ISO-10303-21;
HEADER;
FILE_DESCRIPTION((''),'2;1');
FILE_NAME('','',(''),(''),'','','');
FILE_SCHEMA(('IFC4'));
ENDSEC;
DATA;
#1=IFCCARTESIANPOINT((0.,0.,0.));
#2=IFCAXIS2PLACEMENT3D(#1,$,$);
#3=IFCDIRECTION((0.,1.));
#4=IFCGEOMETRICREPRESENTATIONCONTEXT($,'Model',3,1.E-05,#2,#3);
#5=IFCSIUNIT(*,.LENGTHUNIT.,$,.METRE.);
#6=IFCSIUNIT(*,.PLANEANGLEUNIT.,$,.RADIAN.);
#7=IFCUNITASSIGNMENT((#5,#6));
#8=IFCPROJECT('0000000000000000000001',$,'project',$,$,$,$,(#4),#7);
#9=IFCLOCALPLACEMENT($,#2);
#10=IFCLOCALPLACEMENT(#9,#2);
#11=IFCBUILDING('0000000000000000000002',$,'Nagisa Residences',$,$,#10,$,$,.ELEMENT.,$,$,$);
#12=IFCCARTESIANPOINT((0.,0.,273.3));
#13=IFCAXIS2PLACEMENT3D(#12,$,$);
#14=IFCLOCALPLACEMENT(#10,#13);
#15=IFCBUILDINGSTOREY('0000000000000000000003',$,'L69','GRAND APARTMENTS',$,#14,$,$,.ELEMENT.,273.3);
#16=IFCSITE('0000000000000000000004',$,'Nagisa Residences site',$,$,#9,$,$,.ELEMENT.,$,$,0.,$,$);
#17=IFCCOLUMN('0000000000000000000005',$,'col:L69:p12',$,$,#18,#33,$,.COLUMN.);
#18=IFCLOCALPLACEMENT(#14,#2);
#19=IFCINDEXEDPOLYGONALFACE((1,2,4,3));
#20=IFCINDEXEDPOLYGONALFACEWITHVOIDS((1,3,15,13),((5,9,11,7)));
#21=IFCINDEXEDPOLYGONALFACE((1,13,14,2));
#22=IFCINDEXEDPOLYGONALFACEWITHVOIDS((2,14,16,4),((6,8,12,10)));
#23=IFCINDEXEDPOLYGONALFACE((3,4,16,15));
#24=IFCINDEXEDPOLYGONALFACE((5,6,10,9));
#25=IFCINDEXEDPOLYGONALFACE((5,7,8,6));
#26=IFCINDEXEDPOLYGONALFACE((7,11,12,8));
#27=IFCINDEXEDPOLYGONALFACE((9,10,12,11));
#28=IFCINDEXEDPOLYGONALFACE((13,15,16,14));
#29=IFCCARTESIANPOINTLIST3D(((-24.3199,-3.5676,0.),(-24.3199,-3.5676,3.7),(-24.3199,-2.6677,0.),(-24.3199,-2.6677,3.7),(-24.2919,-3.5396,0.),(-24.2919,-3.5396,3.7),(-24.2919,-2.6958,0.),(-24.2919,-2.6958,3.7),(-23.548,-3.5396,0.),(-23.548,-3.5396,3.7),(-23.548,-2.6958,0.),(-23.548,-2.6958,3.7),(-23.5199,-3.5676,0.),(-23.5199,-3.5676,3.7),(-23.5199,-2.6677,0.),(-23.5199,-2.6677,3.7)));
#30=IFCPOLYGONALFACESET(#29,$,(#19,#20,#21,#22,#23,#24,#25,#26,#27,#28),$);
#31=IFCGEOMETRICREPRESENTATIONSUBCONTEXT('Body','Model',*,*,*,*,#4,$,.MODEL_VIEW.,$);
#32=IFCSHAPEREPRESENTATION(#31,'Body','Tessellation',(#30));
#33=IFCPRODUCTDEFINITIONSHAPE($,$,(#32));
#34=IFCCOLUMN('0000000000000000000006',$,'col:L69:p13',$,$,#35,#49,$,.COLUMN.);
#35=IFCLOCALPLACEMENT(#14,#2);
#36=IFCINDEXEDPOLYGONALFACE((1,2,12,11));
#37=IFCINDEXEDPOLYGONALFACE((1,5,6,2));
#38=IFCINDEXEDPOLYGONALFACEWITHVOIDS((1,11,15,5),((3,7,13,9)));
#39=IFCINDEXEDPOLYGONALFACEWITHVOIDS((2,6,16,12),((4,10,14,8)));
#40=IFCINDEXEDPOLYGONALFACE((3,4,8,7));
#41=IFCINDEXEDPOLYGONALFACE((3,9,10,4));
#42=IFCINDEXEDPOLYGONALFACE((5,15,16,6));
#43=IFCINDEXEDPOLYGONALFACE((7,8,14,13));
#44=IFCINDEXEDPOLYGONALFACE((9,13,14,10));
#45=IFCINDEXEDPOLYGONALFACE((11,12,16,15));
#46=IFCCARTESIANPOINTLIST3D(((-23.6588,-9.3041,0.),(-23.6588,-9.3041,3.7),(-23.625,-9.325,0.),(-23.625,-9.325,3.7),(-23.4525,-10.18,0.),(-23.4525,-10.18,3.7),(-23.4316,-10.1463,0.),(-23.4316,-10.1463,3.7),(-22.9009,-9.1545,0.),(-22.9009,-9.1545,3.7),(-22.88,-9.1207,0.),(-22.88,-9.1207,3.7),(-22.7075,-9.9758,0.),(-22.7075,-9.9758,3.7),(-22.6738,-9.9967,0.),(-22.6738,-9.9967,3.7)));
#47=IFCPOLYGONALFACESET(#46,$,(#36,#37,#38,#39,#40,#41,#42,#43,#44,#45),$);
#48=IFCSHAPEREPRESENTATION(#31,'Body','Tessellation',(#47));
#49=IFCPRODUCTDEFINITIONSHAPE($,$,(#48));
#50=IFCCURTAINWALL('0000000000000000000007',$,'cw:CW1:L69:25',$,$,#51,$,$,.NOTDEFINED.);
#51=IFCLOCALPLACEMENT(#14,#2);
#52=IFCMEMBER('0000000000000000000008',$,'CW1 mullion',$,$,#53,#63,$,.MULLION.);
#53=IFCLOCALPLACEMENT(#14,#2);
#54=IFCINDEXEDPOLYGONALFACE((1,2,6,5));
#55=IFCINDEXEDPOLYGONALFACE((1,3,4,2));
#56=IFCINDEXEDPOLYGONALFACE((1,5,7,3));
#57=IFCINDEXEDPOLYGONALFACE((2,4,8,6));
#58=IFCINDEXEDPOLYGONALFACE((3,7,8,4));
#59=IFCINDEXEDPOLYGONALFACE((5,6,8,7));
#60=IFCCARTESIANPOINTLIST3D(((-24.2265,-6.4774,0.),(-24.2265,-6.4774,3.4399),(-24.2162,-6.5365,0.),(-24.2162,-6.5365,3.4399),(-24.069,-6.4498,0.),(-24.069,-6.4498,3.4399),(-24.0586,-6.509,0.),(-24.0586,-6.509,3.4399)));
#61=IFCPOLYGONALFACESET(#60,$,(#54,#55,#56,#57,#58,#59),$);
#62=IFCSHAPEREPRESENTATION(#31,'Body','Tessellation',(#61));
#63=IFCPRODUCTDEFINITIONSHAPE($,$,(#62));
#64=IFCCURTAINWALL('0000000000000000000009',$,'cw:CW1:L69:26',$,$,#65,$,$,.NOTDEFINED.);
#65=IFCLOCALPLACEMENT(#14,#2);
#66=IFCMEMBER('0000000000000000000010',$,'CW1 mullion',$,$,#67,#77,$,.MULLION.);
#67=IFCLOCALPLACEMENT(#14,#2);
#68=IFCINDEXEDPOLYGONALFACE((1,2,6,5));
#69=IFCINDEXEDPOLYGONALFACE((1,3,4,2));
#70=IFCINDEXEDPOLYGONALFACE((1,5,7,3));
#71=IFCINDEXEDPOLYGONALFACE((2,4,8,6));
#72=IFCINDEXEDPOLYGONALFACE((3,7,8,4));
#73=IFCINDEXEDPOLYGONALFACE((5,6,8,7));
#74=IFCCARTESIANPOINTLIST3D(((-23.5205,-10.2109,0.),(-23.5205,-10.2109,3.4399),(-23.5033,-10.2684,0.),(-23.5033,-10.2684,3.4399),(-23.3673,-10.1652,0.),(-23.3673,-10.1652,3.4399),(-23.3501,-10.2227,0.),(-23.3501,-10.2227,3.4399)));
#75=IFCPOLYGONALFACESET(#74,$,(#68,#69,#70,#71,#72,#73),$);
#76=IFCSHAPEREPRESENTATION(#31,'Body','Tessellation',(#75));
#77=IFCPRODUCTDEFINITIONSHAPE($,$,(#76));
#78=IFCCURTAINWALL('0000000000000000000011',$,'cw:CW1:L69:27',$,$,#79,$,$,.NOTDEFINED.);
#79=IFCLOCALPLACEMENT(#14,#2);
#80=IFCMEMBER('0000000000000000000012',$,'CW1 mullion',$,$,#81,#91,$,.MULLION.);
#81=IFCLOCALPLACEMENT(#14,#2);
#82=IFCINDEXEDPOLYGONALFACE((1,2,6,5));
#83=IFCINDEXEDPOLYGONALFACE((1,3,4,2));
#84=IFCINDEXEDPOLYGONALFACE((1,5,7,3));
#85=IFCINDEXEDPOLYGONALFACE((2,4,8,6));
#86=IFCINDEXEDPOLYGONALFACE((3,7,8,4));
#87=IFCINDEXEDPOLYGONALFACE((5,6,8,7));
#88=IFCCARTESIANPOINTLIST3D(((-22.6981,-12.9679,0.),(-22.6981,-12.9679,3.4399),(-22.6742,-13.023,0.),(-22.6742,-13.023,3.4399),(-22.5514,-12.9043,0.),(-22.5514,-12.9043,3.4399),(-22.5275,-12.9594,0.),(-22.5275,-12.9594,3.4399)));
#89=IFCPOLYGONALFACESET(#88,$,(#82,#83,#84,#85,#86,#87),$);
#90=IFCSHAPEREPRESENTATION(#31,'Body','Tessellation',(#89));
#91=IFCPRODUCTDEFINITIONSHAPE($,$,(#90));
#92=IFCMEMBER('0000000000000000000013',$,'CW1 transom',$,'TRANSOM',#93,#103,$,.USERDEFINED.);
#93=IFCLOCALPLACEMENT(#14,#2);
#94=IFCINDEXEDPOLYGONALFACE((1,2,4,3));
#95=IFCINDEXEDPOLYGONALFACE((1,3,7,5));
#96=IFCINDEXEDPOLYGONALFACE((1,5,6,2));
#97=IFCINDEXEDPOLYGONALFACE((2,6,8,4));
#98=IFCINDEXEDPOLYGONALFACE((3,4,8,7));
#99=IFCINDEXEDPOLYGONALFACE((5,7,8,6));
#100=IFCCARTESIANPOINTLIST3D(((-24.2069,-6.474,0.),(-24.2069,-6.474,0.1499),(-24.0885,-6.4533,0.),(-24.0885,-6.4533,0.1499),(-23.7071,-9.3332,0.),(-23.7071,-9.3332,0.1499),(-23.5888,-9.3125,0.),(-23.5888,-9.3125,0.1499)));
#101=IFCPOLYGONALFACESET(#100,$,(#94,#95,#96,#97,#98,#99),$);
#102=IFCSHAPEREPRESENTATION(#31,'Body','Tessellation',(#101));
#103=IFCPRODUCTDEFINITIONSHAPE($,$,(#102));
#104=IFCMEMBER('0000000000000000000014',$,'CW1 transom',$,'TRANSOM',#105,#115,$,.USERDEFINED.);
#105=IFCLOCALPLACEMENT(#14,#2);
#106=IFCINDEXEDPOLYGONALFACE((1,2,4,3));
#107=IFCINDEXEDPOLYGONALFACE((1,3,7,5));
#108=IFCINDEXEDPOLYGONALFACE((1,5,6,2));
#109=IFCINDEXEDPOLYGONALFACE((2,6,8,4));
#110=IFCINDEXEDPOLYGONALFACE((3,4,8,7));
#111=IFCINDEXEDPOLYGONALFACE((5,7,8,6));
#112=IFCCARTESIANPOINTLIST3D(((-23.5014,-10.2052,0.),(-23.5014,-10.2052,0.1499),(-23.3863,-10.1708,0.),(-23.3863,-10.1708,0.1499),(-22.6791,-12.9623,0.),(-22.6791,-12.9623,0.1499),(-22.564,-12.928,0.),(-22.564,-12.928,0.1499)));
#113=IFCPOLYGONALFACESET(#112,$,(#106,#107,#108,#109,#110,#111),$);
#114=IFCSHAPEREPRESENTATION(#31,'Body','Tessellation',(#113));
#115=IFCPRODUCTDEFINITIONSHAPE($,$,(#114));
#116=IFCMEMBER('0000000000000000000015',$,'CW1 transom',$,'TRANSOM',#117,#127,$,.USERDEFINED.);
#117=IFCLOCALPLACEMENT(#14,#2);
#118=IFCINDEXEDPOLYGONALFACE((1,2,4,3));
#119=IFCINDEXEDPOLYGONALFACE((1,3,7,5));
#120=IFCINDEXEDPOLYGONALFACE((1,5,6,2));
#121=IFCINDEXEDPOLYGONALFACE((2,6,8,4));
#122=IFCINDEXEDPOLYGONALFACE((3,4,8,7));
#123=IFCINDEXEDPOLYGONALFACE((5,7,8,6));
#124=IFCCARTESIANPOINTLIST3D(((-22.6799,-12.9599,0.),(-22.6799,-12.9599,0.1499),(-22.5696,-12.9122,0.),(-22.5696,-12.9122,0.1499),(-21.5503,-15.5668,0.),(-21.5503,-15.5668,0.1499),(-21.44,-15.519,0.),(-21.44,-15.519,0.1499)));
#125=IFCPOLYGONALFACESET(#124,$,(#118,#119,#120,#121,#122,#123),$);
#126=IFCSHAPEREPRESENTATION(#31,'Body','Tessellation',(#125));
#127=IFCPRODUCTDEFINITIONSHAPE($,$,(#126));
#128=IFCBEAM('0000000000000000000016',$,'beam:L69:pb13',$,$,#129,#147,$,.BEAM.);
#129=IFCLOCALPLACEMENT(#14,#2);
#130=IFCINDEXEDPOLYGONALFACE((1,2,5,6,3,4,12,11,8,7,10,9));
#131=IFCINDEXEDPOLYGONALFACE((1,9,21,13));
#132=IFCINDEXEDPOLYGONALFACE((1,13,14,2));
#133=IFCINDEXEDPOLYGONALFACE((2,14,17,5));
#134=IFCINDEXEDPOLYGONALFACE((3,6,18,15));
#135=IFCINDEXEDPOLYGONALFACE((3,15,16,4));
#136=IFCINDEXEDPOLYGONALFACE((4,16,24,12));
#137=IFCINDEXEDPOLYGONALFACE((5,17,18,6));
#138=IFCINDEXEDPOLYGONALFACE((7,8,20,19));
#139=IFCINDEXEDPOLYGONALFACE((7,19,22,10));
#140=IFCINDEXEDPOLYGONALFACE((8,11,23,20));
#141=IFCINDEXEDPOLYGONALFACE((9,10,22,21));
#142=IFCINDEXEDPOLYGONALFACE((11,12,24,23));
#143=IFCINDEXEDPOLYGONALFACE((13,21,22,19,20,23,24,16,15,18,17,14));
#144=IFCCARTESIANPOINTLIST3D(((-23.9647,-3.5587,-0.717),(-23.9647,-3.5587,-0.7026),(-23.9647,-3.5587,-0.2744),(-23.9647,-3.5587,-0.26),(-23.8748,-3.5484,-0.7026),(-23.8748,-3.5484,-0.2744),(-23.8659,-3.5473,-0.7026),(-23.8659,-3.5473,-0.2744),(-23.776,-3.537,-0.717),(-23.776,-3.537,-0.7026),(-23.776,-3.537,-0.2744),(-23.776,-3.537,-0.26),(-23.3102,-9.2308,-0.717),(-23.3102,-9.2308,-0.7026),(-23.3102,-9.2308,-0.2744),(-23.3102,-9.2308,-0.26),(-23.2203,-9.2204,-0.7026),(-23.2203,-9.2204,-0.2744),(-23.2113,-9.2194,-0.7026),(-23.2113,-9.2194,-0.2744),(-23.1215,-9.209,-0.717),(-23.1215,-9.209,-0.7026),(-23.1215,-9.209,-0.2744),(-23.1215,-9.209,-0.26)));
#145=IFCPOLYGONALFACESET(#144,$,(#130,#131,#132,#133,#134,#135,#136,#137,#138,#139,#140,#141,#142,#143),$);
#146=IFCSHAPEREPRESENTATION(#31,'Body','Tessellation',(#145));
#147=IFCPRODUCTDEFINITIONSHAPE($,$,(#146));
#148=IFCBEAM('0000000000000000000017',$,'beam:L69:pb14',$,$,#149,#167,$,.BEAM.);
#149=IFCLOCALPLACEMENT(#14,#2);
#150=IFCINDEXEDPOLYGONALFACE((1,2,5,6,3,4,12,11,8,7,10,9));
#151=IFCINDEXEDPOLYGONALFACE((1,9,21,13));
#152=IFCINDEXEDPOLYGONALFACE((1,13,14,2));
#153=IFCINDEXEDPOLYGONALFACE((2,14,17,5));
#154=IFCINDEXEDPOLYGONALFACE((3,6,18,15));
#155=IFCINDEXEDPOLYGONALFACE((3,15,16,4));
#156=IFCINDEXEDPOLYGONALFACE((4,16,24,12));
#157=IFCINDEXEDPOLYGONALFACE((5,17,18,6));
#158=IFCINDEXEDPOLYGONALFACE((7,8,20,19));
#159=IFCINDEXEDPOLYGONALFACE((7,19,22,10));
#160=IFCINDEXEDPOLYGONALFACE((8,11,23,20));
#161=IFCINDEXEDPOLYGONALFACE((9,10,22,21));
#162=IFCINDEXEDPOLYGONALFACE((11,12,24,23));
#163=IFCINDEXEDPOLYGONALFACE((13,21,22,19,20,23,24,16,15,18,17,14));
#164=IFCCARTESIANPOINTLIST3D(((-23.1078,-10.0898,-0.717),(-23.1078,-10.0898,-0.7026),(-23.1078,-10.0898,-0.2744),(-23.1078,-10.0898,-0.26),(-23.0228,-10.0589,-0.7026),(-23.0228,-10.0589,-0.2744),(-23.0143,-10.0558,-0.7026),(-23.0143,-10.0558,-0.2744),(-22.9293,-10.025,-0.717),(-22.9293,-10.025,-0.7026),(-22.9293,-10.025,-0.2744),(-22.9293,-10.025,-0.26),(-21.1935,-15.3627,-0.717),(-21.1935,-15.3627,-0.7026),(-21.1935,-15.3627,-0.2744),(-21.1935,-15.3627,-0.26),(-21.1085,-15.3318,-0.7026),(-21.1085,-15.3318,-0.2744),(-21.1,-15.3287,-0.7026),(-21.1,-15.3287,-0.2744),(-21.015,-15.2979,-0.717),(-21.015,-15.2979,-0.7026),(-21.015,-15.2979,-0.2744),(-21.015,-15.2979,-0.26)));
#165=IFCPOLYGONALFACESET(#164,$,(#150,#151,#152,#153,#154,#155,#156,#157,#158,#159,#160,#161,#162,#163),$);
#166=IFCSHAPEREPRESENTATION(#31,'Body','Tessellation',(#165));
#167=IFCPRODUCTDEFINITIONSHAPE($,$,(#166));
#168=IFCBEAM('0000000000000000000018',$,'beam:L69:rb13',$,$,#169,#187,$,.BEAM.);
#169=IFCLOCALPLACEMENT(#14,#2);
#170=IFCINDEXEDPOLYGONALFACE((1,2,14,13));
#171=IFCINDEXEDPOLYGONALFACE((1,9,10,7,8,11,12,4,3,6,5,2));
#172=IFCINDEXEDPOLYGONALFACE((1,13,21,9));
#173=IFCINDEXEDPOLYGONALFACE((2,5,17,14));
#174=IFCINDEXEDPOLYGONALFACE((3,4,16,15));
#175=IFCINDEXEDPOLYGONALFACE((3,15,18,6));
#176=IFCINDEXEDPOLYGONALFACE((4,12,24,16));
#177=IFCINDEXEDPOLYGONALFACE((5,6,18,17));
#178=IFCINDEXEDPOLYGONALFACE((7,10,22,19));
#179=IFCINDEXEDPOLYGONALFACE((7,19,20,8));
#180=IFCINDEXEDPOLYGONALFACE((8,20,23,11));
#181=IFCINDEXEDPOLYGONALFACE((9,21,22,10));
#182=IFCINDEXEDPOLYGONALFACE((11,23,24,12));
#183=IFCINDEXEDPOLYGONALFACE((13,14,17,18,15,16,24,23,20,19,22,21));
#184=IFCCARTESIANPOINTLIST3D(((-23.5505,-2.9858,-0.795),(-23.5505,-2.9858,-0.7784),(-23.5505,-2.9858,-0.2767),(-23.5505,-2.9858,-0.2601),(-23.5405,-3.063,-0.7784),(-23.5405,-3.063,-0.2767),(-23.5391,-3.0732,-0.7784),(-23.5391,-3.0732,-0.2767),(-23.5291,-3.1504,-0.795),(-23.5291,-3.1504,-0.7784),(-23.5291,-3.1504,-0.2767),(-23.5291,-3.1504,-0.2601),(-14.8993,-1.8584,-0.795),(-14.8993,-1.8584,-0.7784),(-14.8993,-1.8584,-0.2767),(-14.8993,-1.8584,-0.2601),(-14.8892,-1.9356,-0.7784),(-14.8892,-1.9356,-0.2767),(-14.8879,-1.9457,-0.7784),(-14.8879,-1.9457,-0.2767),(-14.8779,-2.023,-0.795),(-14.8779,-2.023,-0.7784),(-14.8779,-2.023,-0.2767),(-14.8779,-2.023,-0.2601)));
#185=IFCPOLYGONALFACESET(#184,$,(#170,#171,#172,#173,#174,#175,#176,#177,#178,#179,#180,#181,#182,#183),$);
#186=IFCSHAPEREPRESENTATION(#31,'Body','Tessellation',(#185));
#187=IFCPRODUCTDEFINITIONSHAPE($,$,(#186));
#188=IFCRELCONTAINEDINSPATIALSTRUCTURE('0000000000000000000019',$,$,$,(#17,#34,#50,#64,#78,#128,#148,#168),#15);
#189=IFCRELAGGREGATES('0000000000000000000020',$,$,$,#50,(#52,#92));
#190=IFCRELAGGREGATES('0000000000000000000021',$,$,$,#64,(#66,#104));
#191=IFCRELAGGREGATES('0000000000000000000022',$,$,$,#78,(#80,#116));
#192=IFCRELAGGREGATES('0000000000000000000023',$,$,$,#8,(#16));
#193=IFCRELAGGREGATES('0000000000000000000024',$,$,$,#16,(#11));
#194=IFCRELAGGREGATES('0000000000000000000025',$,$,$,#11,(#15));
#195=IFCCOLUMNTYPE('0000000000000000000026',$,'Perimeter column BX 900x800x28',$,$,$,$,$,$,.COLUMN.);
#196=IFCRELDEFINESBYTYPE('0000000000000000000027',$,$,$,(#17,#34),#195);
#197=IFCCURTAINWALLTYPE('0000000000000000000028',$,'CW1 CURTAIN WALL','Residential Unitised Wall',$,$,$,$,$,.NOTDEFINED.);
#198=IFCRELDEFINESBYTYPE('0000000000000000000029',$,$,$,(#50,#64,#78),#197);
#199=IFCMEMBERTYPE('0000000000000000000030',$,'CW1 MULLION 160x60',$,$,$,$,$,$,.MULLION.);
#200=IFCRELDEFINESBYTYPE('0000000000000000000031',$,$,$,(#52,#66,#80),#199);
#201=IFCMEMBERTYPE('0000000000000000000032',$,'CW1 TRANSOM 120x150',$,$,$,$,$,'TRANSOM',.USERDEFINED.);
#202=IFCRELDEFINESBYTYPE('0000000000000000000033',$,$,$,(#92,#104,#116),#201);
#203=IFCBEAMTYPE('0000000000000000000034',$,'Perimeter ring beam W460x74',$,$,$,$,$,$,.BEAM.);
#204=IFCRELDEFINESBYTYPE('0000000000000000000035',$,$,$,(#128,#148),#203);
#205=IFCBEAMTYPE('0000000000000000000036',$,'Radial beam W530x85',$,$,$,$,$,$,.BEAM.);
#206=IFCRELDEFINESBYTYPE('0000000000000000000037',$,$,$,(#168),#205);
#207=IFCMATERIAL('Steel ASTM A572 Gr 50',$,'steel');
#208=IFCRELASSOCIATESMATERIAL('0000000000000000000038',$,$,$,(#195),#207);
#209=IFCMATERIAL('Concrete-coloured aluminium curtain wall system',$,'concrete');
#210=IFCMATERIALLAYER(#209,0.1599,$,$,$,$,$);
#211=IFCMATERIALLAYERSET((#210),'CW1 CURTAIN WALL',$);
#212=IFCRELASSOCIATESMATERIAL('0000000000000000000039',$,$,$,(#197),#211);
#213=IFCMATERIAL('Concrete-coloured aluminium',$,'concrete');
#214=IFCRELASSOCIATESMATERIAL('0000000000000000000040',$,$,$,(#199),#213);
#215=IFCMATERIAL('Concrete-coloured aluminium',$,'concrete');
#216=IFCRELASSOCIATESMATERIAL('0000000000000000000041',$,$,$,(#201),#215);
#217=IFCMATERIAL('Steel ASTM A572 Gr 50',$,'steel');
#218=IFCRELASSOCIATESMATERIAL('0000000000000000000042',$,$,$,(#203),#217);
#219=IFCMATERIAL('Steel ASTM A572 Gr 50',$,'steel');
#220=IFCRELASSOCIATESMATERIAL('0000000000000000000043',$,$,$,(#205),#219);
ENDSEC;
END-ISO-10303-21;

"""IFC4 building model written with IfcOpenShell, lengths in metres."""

from ifc_helpers import new_model, si_unit, direction, frame, origin, origin_2d, place, context, subcontext, project, spatial, rectangle, hollow_rectangle, i_section, extrude, material, layer, layer_set, material_profile, profile_set, type_object, element, aggregate, save


model = new_model("IFC4")

# Units and contexts
model_context = context("Model", 3, precision=1e-05, world=origin(), true_north=direction((0.0, 1.0)))
body_context = subcontext(model_context, "Body", "Model", "MODEL_VIEW")
ifc_project = project(units=[si_unit("LENGTHUNIT", "METRE"), si_unit("PLANEANGLEUNIT", "RADIAN")], contexts=[model_context])

# Site, building, storey
site_placement = place(None, origin())
site = spatial("IfcSite", under=ifc_project, at=site_placement, Name="Nagisa Residences site", CompositionType="ELEMENT", RefElevation=0.0)
building_placement = place(site_placement, origin())
building = spatial("IfcBuilding", under=site, at=building_placement, Name="Nagisa Residences", CompositionType="ELEMENT")
storey_placement = place(building_placement, frame((0.0, 0.0, 273.3)))
storey = spatial("IfcBuildingStorey", under=building, at=storey_placement, Name="L69", Description="GRAND APARTMENTS", CompositionType="ELEMENT", Elevation=273.3)

# Columns
ifc_material_1 = material(Name="Steel ASTM A572 Gr 50", Category="steel")
ifc_material_profile_1 = material_profile(ifc_material_1, hollow_rectangle(XDim=0.8999, YDim=0.8, WallThickness=0.0281, at=origin_2d()), Name="BX 900x800x28")
ifc_profile_set_1 = profile_set([ifc_material_profile_1], Name="Steel ASTM A572 Gr 50")
column_type = type_object("IfcColumnType", Name="Perimeter column BX 900x800x28", PredefinedType="COLUMN", material=ifc_profile_set_1)
for number, where, z_axis, x_axis, name in (
    (1, (-23.9199, -3.1177, 0.0), (0.0, 0.0, 1.0), (0.0, -1.0, 0.0), "col:L69:p12"),
    (2, (-23.1663, -9.6504, 0.0), (0.0, 0.0, 1.0), (0.229202, -0.973379, 0.0), "col:L69:p13"),
):
    element("IfcColumn", number, at=place(storey_placement, frame(where, z_axis=z_axis, x_axis=x_axis)), inside=storey, type_object=column_type, Name=name, PredefinedType="COLUMN", context=body_context, shape_type="SweptSolid", body=[
        extrude(hollow_rectangle(XDim=0.8999, YDim=0.8, WallThickness=0.0281, at=origin_2d()), origin(), (0.0, 0.0, 1.0), 3.7),
    ])

# Curtain walls, members
ifc_material_2 = material(Name="Concrete-coloured aluminium curtain wall system", Category="concrete")
ifc_layer_1 = layer(ifc_material_2, 0.1599)
ifc_layer_set_1 = layer_set([ifc_layer_1], Name="CW1 CURTAIN WALL")
curtain_wall_type = type_object("IfcCurtainWallType", Name="CW1 CURTAIN WALL", Description="Residential Unitised Wall", PredefinedType="NOTDEFINED", material=ifc_layer_set_1)
curtain_wall_1_placement = place(storey_placement, origin())
curtain_wall_1 = element("IfcCurtainWall", 3, at=curtain_wall_1_placement, inside=storey, type_object=curtain_wall_type, Name="cw:CW1:L69:25", PredefinedType="NOTDEFINED")
ifc_material_3 = material(Name="Concrete-coloured aluminium", Category="concrete")
ifc_material_profile_2 = material_profile(ifc_material_3, rectangle(XDim=0.1599, YDim=0.0601, at=origin_2d()), Name="CW1 MULLION 160x60")
ifc_profile_set_2 = profile_set([ifc_material_profile_2], Name="Concrete-coloured aluminium")
member_type_1 = type_object("IfcMemberType", Name="CW1 MULLION 160x60", PredefinedType="MULLION", material=ifc_profile_set_2)
member_1_placement = place(storey_placement, frame((-24.1426, -6.4932, 0.0), z_axis=(0.0, 0.0, 1.0), x_axis=(0.985064, 0.172191, 0.0)))
member_1 = element("IfcMember", 4, at=member_1_placement, type_object=member_type_1, Name="CW1 mullion", PredefinedType="MULLION", context=body_context, shape_type="SweptSolid", body=[
    extrude(rectangle(XDim=0.1599, YDim=0.0601, at=origin_2d()), origin(), (0.0, 0.0, 1.0), 3.4399),
])
curtain_wall_2_placement = place(storey_placement, origin())
curtain_wall_2 = element("IfcCurtainWall", 5, at=curtain_wall_2_placement, inside=storey, type_object=curtain_wall_type, Name="cw:CW1:L69:26", PredefinedType="NOTDEFINED")
member_2_placement = place(storey_placement, frame((-23.4353, -10.2168, 0.0), z_axis=(0.0, 0.0, 1.0), x_axis=(0.958271, 0.28586, 0.0)))
member_2 = element("IfcMember", 6, at=member_2_placement, type_object=member_type_1, Name="CW1 mullion", PredefinedType="MULLION", context=body_context, shape_type="SweptSolid", body=[
    extrude(rectangle(XDim=0.1599, YDim=0.0601, at=origin_2d()), origin(), (0.0, 0.0, 1.0), 3.4399),
])
curtain_wall_3_placement = place(storey_placement, origin())
curtain_wall_3 = element("IfcCurtainWall", 7, at=curtain_wall_3_placement, inside=storey, type_object=curtain_wall_type, Name="cw:CW1:L69:27", PredefinedType="NOTDEFINED")
member_3_placement = place(storey_placement, frame((-22.6128, -12.9636, 0.0), z_axis=(0.0, 0.0, 1.0), x_axis=(0.917543, 0.397636, 0.0)))
member_3 = element("IfcMember", 8, at=member_3_placement, type_object=member_type_1, Name="CW1 mullion", PredefinedType="MULLION", context=body_context, shape_type="SweptSolid", body=[
    extrude(rectangle(XDim=0.1599, YDim=0.0601, at=origin_2d()), origin(), (0.0, 0.0, 1.0), 3.4399),
])

# Members
ifc_material_4 = material(Name="Concrete-coloured aluminium", Category="concrete")
ifc_material_profile_3 = material_profile(ifc_material_4, rectangle(XDim=0.1201, YDim=0.1499, at=origin_2d()), Name="CW1 TRANSOM 120x150")
ifc_profile_set_3 = profile_set([ifc_material_profile_3], Name="Concrete-coloured aluminium")
member_type_2 = type_object("IfcMemberType", Name="CW1 TRANSOM 120x150", ElementType="TRANSOM", PredefinedType="USERDEFINED", material=ifc_profile_set_3)
member_4_placement = place(storey_placement, frame((-24.1477, -6.4636, 0.075), z_axis=(0.172182, -0.985065, 0.0), x_axis=(0.985065, 0.172182, 0.0)))
member_4 = element("IfcMember", 9, at=member_4_placement, type_object=member_type_2, Name="CW1 transom", ObjectType="TRANSOM", PredefinedType="USERDEFINED", context=body_context, shape_type="SweptSolid", body=[
    extrude(rectangle(XDim=0.1201, YDim=0.1499, at=origin_2d()), origin(), (0.0, 0.0, 1.0), 2.9026),
])
member_5_placement = place(storey_placement, frame((-23.4438, -10.188, 0.075), z_axis=(0.285798, -0.95829, 0.0), x_axis=(0.95829, 0.285798, 0.0)))
member_5 = element("IfcMember", 10, at=member_5_placement, type_object=member_type_2, Name="CW1 transom", ObjectType="TRANSOM", PredefinedType="USERDEFINED", context=body_context, shape_type="SweptSolid", body=[
    extrude(rectangle(XDim=0.1201, YDim=0.1499, at=origin_2d()), origin(), (0.0, 0.0, 1.0), 2.8772),
])
member_6_placement = place(storey_placement, frame((-22.6248, -12.936, 0.075), z_axis=(0.397598, -0.91756, 0.0), x_axis=(0.91756, 0.397598, 0.0)))
member_6 = element("IfcMember", 11, at=member_6_placement, type_object=member_type_2, Name="CW1 transom", ObjectType="TRANSOM", PredefinedType="USERDEFINED", context=body_context, shape_type="SweptSolid", body=[
    extrude(rectangle(XDim=0.1201, YDim=0.1499, at=origin_2d()), origin(), (0.0, 0.0, 1.0), 2.8411),
])

# Beams
ifc_material_5 = material(Name="Steel ASTM A572 Gr 50", Category="steel")
ifc_material_profile_4 = material_profile(ifc_material_5, i_section(OverallWidth=0.1899, OverallDepth=0.457, WebThickness=0.009, FlangeThickness=0.0144, at=origin_2d()), Name="W460x74")
ifc_profile_set_4 = profile_set([ifc_material_profile_4], Name="Steel ASTM A572 Gr 50")
beam_type_1 = type_object("IfcBeamType", Name="Perimeter ring beam W460x74", PredefinedType="BEAM", material=ifc_profile_set_4)
beam_1_placement = place(storey_placement, frame((-23.8704, -3.5479, -0.4885), z_axis=(0.114635, -0.993408, 0.0), x_axis=(0.993408, 0.114635, 0.0)))
element("IfcBeam", 12, at=beam_1_placement, inside=storey, type_object=beam_type_1, Name="beam:L69:pb13", PredefinedType="BEAM", context=body_context, shape_type="SweptSolid", body=[
    extrude(i_section(OverallWidth=0.1899, OverallDepth=0.457, WebThickness=0.009, FlangeThickness=0.0144, at=origin_2d()), origin(), (0.0, 0.0, 1.0), 5.7097),
])
beam_2_placement = place(storey_placement, frame((-23.0186, -10.0574, -0.4885), z_axis=(0.34125, -0.939972, 0.0), x_axis=(0.939972, 0.34125, 0.0)))
element("IfcBeam", 13, at=beam_2_placement, inside=storey, type_object=beam_type_1, Name="beam:L69:pb14", PredefinedType="BEAM", context=body_context, shape_type="SweptSolid", body=[
    extrude(i_section(OverallWidth=0.1899, OverallDepth=0.457, WebThickness=0.009, FlangeThickness=0.0144, at=origin_2d()), origin(), (0.0, 0.0, 1.0), 5.6096),
])
ifc_material_6 = material(Name="Steel ASTM A572 Gr 50", Category="steel")
ifc_material_profile_5 = material_profile(ifc_material_6, i_section(OverallWidth=0.166, OverallDepth=0.5349, WebThickness=0.0103, FlangeThickness=0.0166, at=origin_2d()), Name="W530x85")
ifc_profile_set_5 = profile_set([ifc_material_profile_5], Name="Steel ASTM A572 Gr 50")
beam_type_2 = type_object("IfcBeamType", Name="Radial beam W530x85", PredefinedType="BEAM", material=ifc_profile_set_5)
beam_3_placement = place(storey_placement, frame((-23.5398, -3.0681, -0.5276), z_axis=(0.991615, 0.12923, 0.0), x_axis=(-0.12923, 0.991615, 0.0)))
element("IfcBeam", 14, at=beam_3_placement, inside=storey, type_object=beam_type_2, Name="beam:L69:rb13", PredefinedType="BEAM", context=body_context, shape_type="SweptSolid", body=[
    extrude(i_section(OverallWidth=0.166, OverallDepth=0.5349, WebThickness=0.0103, FlangeThickness=0.0166, at=origin_2d()), origin(), (0.0, 0.0, 1.0), 8.7244),
])

aggregate(curtain_wall_1, [member_1, member_4])
aggregate(curtain_wall_2, [member_2, member_5])
aggregate(curtain_wall_3, [member_3, member_6])

save(model, "model.ifc")
